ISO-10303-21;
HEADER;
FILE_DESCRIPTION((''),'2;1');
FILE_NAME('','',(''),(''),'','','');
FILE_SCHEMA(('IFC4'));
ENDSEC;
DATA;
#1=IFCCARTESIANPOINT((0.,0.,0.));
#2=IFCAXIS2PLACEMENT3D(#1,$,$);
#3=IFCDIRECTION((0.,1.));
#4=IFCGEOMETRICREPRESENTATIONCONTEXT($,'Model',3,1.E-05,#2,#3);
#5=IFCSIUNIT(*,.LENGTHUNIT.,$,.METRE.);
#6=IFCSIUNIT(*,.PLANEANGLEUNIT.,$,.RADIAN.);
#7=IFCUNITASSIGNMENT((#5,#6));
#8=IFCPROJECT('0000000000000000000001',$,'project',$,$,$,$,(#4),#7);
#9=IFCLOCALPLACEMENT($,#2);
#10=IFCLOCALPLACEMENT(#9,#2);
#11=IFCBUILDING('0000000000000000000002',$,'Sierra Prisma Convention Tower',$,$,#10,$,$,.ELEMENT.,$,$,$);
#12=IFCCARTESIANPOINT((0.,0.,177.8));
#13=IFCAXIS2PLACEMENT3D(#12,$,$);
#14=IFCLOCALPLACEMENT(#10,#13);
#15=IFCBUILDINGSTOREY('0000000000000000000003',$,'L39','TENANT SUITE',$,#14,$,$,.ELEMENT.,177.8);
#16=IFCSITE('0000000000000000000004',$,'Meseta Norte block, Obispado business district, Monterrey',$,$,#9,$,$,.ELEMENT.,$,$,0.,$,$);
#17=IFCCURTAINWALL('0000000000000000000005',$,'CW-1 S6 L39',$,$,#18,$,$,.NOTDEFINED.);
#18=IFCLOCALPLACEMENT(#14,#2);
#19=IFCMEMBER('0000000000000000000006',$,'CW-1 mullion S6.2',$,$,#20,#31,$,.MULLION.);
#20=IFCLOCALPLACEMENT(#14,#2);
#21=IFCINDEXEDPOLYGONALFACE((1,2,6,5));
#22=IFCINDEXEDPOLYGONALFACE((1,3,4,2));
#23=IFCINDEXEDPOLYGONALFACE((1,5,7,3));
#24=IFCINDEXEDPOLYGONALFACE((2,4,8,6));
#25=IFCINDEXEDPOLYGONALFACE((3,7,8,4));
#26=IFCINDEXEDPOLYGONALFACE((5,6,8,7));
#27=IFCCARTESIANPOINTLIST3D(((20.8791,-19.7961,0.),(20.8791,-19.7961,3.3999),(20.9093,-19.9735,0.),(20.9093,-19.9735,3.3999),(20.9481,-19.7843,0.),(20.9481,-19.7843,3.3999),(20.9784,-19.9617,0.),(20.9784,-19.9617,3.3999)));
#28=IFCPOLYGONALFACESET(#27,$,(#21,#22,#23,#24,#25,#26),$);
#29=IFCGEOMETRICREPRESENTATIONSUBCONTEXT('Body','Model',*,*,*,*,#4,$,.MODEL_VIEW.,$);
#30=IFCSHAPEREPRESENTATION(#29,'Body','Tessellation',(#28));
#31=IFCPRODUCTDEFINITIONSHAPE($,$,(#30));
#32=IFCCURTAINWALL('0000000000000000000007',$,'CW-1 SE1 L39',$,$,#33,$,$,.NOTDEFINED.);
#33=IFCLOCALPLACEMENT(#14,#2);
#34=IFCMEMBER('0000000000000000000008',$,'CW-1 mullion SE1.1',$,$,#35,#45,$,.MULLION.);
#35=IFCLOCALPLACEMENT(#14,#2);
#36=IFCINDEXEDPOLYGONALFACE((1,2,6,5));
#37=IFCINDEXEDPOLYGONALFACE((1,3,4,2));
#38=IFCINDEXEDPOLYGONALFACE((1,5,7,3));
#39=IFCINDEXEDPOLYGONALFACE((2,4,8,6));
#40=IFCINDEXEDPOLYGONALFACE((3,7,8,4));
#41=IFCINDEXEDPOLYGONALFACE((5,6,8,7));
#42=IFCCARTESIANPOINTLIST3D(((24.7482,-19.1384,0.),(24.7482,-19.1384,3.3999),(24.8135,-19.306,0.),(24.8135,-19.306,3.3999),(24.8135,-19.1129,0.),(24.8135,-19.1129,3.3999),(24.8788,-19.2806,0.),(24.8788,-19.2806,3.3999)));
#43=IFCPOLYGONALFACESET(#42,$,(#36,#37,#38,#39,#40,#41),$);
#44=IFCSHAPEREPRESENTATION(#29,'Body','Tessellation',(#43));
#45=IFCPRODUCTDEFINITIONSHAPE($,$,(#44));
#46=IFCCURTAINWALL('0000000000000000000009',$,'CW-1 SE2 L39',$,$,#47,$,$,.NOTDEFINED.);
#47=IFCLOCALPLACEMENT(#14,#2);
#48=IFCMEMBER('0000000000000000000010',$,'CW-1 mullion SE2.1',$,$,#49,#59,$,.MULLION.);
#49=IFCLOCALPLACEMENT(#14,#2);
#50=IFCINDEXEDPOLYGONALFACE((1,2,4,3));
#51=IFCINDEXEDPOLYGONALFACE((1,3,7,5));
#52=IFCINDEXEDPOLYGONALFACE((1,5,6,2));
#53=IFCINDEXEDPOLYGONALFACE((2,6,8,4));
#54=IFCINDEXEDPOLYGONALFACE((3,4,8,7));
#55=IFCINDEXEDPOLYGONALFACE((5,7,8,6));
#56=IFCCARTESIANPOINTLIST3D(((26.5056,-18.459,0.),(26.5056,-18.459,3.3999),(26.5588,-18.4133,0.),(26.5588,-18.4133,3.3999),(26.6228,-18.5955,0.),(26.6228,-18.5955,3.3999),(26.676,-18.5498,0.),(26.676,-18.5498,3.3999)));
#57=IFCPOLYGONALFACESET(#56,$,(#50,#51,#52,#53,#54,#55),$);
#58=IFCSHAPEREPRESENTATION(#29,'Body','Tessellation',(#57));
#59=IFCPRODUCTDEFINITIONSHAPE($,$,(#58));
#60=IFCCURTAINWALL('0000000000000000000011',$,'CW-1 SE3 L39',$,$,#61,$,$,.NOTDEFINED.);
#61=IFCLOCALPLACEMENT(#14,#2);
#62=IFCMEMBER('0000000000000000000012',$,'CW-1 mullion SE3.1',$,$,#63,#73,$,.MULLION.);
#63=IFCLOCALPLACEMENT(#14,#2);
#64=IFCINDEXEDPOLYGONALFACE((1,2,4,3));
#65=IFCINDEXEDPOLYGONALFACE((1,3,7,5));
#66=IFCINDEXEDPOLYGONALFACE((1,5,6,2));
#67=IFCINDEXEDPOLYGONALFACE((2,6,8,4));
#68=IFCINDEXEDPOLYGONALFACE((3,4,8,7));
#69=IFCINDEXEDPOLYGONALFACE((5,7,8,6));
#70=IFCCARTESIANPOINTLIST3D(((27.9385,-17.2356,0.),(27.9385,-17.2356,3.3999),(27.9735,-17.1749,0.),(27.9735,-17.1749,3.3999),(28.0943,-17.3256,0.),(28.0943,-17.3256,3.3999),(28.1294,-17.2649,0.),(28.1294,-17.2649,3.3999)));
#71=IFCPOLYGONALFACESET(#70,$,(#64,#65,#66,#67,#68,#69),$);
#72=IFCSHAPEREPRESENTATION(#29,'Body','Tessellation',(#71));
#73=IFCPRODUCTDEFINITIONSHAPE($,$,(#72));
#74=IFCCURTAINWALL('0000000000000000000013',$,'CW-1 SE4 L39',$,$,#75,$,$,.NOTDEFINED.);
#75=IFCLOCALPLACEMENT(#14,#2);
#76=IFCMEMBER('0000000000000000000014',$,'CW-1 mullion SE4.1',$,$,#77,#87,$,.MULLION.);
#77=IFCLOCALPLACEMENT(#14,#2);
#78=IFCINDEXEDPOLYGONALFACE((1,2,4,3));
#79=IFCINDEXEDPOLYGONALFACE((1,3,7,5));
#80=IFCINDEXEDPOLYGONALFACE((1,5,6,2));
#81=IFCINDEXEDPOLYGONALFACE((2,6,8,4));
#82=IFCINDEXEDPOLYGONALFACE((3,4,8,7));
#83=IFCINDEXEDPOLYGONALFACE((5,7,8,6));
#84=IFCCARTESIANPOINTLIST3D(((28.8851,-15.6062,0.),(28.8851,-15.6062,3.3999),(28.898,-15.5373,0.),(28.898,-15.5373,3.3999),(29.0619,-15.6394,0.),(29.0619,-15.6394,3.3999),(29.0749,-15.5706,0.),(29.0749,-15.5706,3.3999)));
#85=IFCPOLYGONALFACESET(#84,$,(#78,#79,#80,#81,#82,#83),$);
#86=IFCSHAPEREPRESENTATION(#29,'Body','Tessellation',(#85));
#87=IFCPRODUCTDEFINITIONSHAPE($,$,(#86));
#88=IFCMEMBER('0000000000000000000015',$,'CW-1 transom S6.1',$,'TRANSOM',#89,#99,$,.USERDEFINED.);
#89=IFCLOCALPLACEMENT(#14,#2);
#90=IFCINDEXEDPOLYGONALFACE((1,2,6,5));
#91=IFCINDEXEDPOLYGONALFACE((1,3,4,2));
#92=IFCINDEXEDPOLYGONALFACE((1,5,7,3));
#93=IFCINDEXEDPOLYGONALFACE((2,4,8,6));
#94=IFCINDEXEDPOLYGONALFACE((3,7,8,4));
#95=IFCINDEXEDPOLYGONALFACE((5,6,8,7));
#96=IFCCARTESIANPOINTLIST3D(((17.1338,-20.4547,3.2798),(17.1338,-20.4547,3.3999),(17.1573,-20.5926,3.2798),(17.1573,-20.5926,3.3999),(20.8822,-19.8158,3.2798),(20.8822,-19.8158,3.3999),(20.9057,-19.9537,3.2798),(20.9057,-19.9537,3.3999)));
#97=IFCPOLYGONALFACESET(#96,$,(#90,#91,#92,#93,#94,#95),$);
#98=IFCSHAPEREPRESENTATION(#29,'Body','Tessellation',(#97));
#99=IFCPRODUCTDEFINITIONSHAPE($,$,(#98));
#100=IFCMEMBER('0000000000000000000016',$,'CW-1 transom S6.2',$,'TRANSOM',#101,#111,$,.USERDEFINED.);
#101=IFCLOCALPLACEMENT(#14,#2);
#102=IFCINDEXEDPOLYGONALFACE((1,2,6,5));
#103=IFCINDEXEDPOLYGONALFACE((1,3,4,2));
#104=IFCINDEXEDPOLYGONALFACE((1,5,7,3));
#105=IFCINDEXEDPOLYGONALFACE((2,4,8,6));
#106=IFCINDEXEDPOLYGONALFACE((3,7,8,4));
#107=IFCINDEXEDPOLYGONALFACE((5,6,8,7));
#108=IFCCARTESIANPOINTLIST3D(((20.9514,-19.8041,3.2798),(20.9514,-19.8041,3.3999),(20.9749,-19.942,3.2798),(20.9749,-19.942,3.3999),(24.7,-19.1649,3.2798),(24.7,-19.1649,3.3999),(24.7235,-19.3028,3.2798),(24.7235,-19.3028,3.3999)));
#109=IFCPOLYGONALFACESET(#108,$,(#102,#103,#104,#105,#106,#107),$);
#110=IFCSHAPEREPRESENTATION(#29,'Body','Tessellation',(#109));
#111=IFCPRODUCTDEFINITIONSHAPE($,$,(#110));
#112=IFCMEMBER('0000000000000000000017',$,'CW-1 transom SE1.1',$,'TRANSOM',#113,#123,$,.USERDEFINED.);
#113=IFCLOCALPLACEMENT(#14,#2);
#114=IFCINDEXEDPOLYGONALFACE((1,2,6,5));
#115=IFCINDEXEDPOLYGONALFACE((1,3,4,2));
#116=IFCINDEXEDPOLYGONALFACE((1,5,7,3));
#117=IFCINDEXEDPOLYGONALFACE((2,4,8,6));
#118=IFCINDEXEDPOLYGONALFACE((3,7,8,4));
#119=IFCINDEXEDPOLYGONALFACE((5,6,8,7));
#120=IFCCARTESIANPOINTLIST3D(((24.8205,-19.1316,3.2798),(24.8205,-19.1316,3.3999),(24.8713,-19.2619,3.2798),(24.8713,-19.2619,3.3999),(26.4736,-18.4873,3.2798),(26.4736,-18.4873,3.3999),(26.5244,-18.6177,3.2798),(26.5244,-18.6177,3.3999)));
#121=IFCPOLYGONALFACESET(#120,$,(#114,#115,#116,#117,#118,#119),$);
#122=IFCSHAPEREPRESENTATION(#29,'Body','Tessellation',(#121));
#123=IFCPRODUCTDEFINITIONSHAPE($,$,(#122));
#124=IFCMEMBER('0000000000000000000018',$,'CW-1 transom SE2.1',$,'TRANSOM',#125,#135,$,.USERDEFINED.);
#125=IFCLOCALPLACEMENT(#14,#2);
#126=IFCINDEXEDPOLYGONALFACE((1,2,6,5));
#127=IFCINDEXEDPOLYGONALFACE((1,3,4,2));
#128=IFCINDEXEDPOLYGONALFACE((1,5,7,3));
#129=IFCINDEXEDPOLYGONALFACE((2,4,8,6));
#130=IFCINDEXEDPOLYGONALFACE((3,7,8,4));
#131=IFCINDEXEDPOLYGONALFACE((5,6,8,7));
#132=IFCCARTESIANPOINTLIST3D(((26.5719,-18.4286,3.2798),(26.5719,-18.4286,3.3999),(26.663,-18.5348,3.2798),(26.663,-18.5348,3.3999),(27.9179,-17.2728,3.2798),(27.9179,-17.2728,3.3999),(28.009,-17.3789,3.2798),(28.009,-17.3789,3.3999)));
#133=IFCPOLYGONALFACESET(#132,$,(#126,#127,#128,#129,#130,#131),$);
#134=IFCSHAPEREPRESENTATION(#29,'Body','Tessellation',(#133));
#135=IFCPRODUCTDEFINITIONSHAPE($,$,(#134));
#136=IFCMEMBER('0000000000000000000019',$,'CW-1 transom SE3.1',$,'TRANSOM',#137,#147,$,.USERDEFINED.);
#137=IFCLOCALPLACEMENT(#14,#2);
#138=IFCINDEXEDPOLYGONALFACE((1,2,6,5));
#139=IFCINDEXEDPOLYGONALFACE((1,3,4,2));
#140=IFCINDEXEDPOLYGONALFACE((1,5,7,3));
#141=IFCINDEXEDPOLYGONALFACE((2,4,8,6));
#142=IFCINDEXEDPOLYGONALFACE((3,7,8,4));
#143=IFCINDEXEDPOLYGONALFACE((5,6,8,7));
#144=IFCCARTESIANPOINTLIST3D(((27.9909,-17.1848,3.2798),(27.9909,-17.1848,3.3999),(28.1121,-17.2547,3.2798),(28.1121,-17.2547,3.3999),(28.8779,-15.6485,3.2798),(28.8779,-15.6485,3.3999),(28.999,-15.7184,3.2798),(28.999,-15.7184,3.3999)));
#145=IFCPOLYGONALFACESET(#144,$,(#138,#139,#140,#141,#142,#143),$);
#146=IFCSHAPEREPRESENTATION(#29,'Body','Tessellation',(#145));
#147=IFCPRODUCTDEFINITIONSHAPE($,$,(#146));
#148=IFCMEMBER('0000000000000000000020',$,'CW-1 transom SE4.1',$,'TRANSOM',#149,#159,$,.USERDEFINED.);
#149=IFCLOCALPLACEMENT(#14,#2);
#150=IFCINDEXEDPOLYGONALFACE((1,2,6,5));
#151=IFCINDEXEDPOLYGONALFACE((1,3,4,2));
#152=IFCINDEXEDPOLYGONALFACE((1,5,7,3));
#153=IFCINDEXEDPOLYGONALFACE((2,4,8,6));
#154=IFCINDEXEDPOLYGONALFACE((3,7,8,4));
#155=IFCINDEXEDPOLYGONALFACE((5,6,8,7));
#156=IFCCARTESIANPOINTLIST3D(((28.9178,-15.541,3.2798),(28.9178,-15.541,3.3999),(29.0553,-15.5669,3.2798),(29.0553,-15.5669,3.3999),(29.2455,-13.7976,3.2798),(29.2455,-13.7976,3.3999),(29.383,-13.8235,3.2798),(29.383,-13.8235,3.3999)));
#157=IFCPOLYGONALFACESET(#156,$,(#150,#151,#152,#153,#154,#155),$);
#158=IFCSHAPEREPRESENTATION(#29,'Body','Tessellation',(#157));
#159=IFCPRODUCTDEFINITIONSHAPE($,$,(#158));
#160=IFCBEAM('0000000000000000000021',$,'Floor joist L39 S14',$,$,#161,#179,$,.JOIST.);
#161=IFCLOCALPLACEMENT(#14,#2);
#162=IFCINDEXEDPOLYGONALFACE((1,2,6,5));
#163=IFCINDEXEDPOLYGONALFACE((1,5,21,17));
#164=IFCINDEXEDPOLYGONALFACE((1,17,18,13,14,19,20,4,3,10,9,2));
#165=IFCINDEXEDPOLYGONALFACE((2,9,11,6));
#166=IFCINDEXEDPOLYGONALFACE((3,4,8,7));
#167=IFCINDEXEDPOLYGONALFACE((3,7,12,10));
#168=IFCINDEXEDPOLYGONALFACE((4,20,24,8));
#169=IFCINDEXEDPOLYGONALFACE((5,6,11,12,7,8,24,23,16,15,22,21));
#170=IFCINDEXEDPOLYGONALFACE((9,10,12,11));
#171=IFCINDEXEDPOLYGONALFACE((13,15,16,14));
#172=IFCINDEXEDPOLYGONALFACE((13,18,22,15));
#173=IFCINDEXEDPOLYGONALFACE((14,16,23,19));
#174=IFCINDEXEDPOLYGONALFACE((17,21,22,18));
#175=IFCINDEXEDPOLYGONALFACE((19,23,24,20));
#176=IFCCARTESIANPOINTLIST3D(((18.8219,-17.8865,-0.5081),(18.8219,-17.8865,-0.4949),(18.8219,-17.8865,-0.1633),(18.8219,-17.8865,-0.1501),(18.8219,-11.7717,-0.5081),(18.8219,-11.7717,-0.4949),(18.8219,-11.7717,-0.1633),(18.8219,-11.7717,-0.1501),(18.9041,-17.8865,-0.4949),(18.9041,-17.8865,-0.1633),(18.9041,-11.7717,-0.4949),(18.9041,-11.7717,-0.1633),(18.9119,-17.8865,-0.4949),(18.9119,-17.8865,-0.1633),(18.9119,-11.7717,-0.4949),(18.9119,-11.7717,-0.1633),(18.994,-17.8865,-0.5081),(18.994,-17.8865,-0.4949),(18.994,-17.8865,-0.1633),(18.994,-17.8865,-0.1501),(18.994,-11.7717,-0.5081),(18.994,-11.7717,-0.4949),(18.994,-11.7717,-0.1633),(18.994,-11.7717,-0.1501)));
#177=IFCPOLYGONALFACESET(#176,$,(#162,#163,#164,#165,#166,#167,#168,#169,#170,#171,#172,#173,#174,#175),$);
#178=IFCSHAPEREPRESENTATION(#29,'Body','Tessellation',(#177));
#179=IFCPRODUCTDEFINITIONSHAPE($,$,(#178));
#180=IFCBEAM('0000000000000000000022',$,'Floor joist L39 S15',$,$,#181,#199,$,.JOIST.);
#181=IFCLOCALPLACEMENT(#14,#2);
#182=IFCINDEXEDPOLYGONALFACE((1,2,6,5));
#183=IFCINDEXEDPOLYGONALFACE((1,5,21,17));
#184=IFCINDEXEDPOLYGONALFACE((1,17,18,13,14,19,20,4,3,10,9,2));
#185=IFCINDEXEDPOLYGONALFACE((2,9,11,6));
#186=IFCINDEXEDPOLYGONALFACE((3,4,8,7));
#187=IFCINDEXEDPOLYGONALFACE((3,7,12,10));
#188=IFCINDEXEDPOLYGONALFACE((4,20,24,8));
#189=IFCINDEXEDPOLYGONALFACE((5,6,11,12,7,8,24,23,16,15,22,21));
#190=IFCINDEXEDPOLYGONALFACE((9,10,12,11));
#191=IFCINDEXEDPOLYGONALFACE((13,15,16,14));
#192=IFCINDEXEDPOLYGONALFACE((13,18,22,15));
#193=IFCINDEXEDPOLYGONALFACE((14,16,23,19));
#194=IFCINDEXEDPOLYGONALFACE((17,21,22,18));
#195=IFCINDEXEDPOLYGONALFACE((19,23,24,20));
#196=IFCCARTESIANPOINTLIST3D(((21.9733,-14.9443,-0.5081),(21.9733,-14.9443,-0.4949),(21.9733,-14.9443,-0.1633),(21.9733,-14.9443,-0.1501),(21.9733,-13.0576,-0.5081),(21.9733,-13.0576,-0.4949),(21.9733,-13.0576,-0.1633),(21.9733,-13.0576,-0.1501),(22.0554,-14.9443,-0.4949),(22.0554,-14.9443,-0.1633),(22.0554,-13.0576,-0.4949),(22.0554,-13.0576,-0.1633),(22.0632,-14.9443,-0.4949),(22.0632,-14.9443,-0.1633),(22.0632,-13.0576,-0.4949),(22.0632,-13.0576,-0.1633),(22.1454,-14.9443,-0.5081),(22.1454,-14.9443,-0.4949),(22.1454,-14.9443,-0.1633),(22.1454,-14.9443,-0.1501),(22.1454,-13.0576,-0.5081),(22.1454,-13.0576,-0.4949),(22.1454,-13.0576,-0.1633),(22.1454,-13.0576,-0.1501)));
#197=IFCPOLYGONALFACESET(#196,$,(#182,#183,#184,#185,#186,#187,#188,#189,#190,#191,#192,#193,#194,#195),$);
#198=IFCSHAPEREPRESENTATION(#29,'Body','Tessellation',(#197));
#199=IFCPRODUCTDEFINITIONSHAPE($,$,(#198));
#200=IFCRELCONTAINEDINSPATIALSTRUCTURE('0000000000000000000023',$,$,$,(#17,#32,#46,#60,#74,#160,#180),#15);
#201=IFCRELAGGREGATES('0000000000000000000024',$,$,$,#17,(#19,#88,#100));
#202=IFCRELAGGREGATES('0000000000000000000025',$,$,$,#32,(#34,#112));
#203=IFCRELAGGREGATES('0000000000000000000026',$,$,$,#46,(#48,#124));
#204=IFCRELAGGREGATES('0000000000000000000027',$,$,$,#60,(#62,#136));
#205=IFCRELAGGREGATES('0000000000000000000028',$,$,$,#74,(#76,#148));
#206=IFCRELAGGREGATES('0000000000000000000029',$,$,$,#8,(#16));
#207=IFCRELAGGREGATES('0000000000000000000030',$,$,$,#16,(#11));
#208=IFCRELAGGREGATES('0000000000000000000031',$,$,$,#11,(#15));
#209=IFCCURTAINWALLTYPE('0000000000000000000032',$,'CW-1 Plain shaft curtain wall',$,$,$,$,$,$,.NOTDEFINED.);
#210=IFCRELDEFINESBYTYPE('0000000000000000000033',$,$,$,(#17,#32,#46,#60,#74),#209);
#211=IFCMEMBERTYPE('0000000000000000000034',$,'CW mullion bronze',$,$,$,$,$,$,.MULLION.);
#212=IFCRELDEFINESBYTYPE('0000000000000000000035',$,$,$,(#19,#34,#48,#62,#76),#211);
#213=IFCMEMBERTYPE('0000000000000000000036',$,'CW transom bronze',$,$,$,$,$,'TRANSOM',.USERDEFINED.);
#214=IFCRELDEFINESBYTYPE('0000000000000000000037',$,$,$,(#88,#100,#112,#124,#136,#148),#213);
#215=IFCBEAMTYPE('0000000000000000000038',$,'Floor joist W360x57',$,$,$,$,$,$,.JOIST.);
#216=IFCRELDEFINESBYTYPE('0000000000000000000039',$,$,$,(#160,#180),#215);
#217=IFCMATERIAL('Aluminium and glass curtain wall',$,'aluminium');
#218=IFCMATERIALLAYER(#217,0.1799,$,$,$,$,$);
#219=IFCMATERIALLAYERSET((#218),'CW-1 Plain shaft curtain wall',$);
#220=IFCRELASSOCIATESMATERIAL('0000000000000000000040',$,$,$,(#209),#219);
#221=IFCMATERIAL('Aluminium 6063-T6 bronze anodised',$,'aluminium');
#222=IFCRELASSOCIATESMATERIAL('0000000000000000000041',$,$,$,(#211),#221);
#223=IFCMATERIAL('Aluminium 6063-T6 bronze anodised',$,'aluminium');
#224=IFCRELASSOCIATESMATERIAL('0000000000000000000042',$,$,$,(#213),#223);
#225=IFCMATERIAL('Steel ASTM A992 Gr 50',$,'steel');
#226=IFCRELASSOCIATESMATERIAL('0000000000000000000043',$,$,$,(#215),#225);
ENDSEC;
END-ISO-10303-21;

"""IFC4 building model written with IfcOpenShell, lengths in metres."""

from ifc_helpers import new_model, si_unit, direction, frame, origin, origin_2d, place, context, subcontext, project, spatial, rectangle, i_section, extrude, material, layer, layer_set, material_profile, profile_set, type_object, element, aggregate, save


model = new_model("IFC4")

# Units and contexts
model_context = context("Model", 3, precision=1e-05, world=origin(), true_north=direction((0.0, 1.0)))
body_context = subcontext(model_context, "Body", "Model", "MODEL_VIEW")
ifc_project = project(units=[si_unit("LENGTHUNIT", "METRE"), si_unit("PLANEANGLEUNIT", "RADIAN")], contexts=[model_context])

# Site, building, storey
site_placement = place(None, origin())
site = spatial("IfcSite", under=ifc_project, at=site_placement, Name="Meseta Norte block, Obispado business district, Monterrey", CompositionType="ELEMENT", RefElevation=0.0)
building_placement = place(site_placement, origin())
building = spatial("IfcBuilding", under=site, at=building_placement, Name="Sierra Prisma Convention Tower", CompositionType="ELEMENT")
storey_placement = place(building_placement, frame((0.0, 0.0, 177.8)))
storey = spatial("IfcBuildingStorey", under=building, at=storey_placement, Name="L39", Description="TENANT SUITE", CompositionType="ELEMENT", Elevation=177.8)

# Curtain walls, members
ifc_material_1 = material(Name="Aluminium and glass curtain wall", Category="aluminium")
ifc_layer_1 = layer(ifc_material_1, 0.1799)
ifc_layer_set_1 = layer_set([ifc_layer_1], Name="CW-1 Plain shaft curtain wall")
curtain_wall_type = type_object("IfcCurtainWallType", Name="CW-1 Plain shaft curtain wall", PredefinedType="NOTDEFINED", material=ifc_layer_set_1)
curtain_wall_1_placement = place(storey_placement, origin())
curtain_wall_1 = element("IfcCurtainWall", 1, at=curtain_wall_1_placement, inside=storey, type_object=curtain_wall_type, Name="CW-1 S6 L39", PredefinedType="NOTDEFINED")
ifc_material_2 = material(Name="Aluminium 6063-T6 bronze anodised", Category="aluminium")
ifc_material_profile_1 = material_profile(ifc_material_2, rectangle(XDim=0.1799, YDim=0.0701, at=origin_2d()), Name="ALU MULLION 70x180")
ifc_profile_set_1 = profile_set([ifc_material_profile_1], Name="Aluminium 6063-T6 bronze anodised")
member_type_1 = type_object("IfcMemberType", Name="CW mullion bronze", PredefinedType="MULLION", material=ifc_profile_set_1)
member_1_placement = place(storey_placement, frame((20.9287, -19.8789, 0.0), z_axis=(0.0, 0.0, 1.0), x_axis=(-0.16806, 0.985777, 0.0)))
member_1 = element("IfcMember", 2, at=member_1_placement, type_object=member_type_1, Name="CW-1 mullion S6.2", PredefinedType="MULLION", context=body_context, shape_type="SweptSolid", body=[
    extrude(rectangle(XDim=0.1799, YDim=0.0701, at=origin_2d()), origin(), (0.0, 0.0, 1.0), 3.3999),
])
curtain_wall_2_placement = place(storey_placement, origin())
curtain_wall_2 = element("IfcCurtainWall", 3, at=curtain_wall_2_placement, inside=storey, type_object=curtain_wall_type, Name="CW-1 SE1 L39", PredefinedType="NOTDEFINED")
member_2_placement = place(storey_placement, frame((24.8135, -19.2095, 0.0), z_axis=(0.0, 0.0, 1.0), x_axis=(-0.363057, 0.931767, 0.0)))
member_2 = element("IfcMember", 4, at=member_2_placement, type_object=member_type_1, Name="CW-1 mullion SE1.1", PredefinedType="MULLION", context=body_context, shape_type="SweptSolid", body=[
    extrude(rectangle(XDim=0.1799, YDim=0.0701, at=origin_2d()), origin(), (0.0, 0.0, 1.0), 3.3999),
])
curtain_wall_3_placement = place(storey_placement, origin())
curtain_wall_3 = element("IfcCurtainWall", 5, at=curtain_wall_3_placement, inside=storey, type_object=curtain_wall_type, Name="CW-1 SE2 L39", PredefinedType="NOTDEFINED")
member_3_placement = place(storey_placement, frame((26.5908, -18.5044, 0.0), z_axis=(0.0, 0.0, 1.0), x_axis=(-0.651357, 0.758771, 0.0)))
member_3 = element("IfcMember", 6, at=member_3_placement, type_object=member_type_1, Name="CW-1 mullion SE2.1", PredefinedType="MULLION", context=body_context, shape_type="SweptSolid", body=[
    extrude(rectangle(XDim=0.1799, YDim=0.0701, at=origin_2d()), origin(), (0.0, 0.0, 1.0), 3.3999),
])
curtain_wall_4_placement = place(storey_placement, origin())
curtain_wall_4 = element("IfcCurtainWall", 7, at=curtain_wall_4_placement, inside=storey, type_object=curtain_wall_type, Name="CW-1 SE3 L39", PredefinedType="NOTDEFINED")
member_4_placement = place(storey_placement, frame((28.0339, -17.2502, 0.0), z_axis=(0.0, 0.0, 1.0), x_axis=(-0.866025, 0.5, 0.0)))
member_4 = element("IfcMember", 8, at=member_4_placement, type_object=member_type_1, Name="CW-1 mullion SE3.1", PredefinedType="MULLION", context=body_context, shape_type="SweptSolid", body=[
    extrude(rectangle(XDim=0.1799, YDim=0.0701, at=origin_2d()), origin(), (0.0, 0.0, 1.0), 3.3999),
])
curtain_wall_5_placement = place(storey_placement, origin())
curtain_wall_5 = element("IfcCurtainWall", 9, at=curtain_wall_5_placement, inside=storey, type_object=curtain_wall_type, Name="CW-1 SE4 L39", PredefinedType="NOTDEFINED")
member_5_placement = place(storey_placement, frame((28.98, -15.5884, 0.0), z_axis=(0.0, 0.0, 1.0), x_axis=(-0.982794, 0.184707, 0.0)))
member_5 = element("IfcMember", 10, at=member_5_placement, type_object=member_type_1, Name="CW-1 mullion SE4.1", PredefinedType="MULLION", context=body_context, shape_type="SweptSolid", body=[
    extrude(rectangle(XDim=0.1799, YDim=0.0701, at=origin_2d()), origin(), (0.0, 0.0, 1.0), 3.3999),
])

# Members
ifc_material_3 = material(Name="Aluminium 6063-T6 bronze anodised", Category="aluminium")
ifc_material_profile_2 = material_profile(ifc_material_3, rectangle(XDim=0.1399, YDim=0.1201, at=origin_2d()), Name="ALU TRANSOM 120x140")
ifc_profile_set_2 = profile_set([ifc_material_profile_2], Name="Aluminium 6063-T6 bronze anodised")
member_type_2 = type_object("IfcMemberType", Name="CW transom bronze", ElementType="TRANSOM", PredefinedType="USERDEFINED", material=ifc_profile_set_2)
member_6_placement = place(storey_placement, frame((17.1455, -20.5237, 3.3398), z_axis=(0.985783, 0.168021, 0.0), x_axis=(-0.168021, 0.985783, 0.0)))
member_6 = element("IfcMember", 11, at=member_6_placement, type_object=member_type_2, Name="CW-1 transom S6.1", ObjectType="TRANSOM", PredefinedType="USERDEFINED", context=body_context, shape_type="SweptSolid", body=[
    extrude(rectangle(XDim=0.1399, YDim=0.1201, at=origin_2d()), origin(), (0.0, 0.0, 1.0), 3.8025),
])
member_7_placement = place(storey_placement, frame((20.9631, -19.873, 3.3398), z_axis=(0.985773, 0.168083, 0.0), x_axis=(-0.168083, 0.985773, 0.0)))
member_7 = element("IfcMember", 12, at=member_7_placement, type_object=member_type_2, Name="CW-1 transom S6.2", ObjectType="TRANSOM", PredefinedType="USERDEFINED", context=body_context, shape_type="SweptSolid", body=[
    extrude(rectangle(XDim=0.1399, YDim=0.1201, at=origin_2d()), origin(), (0.0, 0.0, 1.0), 3.8027),
])
member_8_placement = place(storey_placement, frame((24.8459, -19.1968, 3.3398), z_axis=(0.931733, 0.363143, 0.0), x_axis=(-0.363143, 0.931733, 0.0)))
member_8 = element("IfcMember", 13, at=member_8_placement, type_object=member_type_2, Name="CW-1 transom SE1.1", ObjectType="TRANSOM", PredefinedType="USERDEFINED", context=body_context, shape_type="SweptSolid", body=[
    extrude(rectangle(XDim=0.1399, YDim=0.1201, at=origin_2d()), origin(), (0.0, 0.0, 1.0), 1.7742),
])
member_9_placement = place(storey_placement, frame((26.6174, -18.4817, 3.3398), z_axis=(0.758673, 0.651471, 0.0), x_axis=(-0.651471, 0.758673, 0.0)))
member_9 = element("IfcMember", 14, at=member_9_placement, type_object=member_type_2, Name="CW-1 transom SE2.1", ObjectType="TRANSOM", PredefinedType="USERDEFINED", context=body_context, shape_type="SweptSolid", body=[
    extrude(rectangle(XDim=0.1399, YDim=0.1201, at=origin_2d()), origin(), (0.0, 0.0, 1.0), 1.7742),
])
member_10_placement = place(storey_placement, frame((28.0515, -17.2197, 3.3398), z_axis=(0.499973, 0.866041, 0.0), x_axis=(-0.866041, 0.499973, 0.0)))
member_10 = element("IfcMember", 15, at=member_10_placement, type_object=member_type_2, Name="CW-1 transom SE3.1", ObjectType="TRANSOM", PredefinedType="USERDEFINED", context=body_context, shape_type="SweptSolid", body=[
    extrude(rectangle(XDim=0.1399, YDim=0.1201, at=origin_2d()), origin(), (0.0, 0.0, 1.0), 1.7739),
])
member_11_placement = place(storey_placement, frame((28.9866, -15.554, 3.3398), z_axis=(0.184696, 0.982796, 0.0), x_axis=(-0.982796, 0.184696, 0.0)))
member_11 = element("IfcMember", 16, at=member_11_placement, type_object=member_type_2, Name="CW-1 transom SE4.1", ObjectType="TRANSOM", PredefinedType="USERDEFINED", context=body_context, shape_type="SweptSolid", body=[
    extrude(rectangle(XDim=0.1399, YDim=0.1201, at=origin_2d()), origin(), (0.0, 0.0, 1.0), 1.7739),
])

# Beams
ifc_material_4 = material(Name="Steel ASTM A992 Gr 50", Category="steel")
ifc_material_profile_3 = material_profile(ifc_material_4, i_section(OverallWidth=0.1721, OverallDepth=0.3579, WebThickness=0.0078, FlangeThickness=0.0132, at=origin_2d()), Name="W360x57")
ifc_profile_set_3 = profile_set([ifc_material_profile_3], Name="Steel ASTM A992 Gr 50")
beam_type = type_object("IfcBeamType", Name="Floor joist W360x57", PredefinedType="JOIST", material=ifc_profile_set_3)
beam_1_placement = place(storey_placement, frame((18.908, -17.8865, -0.3291), z_axis=(0.0, 1.0, 0.0), x_axis=(-1.0, 0.0, 0.0)))
element("IfcBeam", 17, at=beam_1_placement, inside=storey, type_object=beam_type, Name="Floor joist L39 S14", PredefinedType="JOIST", context=body_context, shape_type="SweptSolid", body=[
    extrude(i_section(OverallWidth=0.1721, OverallDepth=0.3579, WebThickness=0.0078, FlangeThickness=0.0132, at=origin_2d()), origin(), (0.0, 0.0, 1.0), 6.1147),
])
beam_2_placement = place(storey_placement, frame((22.0593, -14.9443, -0.3291), z_axis=(0.0, 1.0, 0.0), x_axis=(-1.0, 0.0, 0.0)))
element("IfcBeam", 18, at=beam_2_placement, inside=storey, type_object=beam_type, Name="Floor joist L39 S15", PredefinedType="JOIST", context=body_context, shape_type="SweptSolid", body=[
    extrude(i_section(OverallWidth=0.1721, OverallDepth=0.3579, WebThickness=0.0078, FlangeThickness=0.0132, at=origin_2d()), origin(), (0.0, 0.0, 1.0), 1.8867),
])

aggregate(curtain_wall_1, [member_1, member_6, member_7])
aggregate(curtain_wall_2, [member_2, member_8])
aggregate(curtain_wall_3, [member_3, member_9])
aggregate(curtain_wall_4, [member_4, member_10])
aggregate(curtain_wall_5, [member_5, member_11])

save(model, "model.ifc")
